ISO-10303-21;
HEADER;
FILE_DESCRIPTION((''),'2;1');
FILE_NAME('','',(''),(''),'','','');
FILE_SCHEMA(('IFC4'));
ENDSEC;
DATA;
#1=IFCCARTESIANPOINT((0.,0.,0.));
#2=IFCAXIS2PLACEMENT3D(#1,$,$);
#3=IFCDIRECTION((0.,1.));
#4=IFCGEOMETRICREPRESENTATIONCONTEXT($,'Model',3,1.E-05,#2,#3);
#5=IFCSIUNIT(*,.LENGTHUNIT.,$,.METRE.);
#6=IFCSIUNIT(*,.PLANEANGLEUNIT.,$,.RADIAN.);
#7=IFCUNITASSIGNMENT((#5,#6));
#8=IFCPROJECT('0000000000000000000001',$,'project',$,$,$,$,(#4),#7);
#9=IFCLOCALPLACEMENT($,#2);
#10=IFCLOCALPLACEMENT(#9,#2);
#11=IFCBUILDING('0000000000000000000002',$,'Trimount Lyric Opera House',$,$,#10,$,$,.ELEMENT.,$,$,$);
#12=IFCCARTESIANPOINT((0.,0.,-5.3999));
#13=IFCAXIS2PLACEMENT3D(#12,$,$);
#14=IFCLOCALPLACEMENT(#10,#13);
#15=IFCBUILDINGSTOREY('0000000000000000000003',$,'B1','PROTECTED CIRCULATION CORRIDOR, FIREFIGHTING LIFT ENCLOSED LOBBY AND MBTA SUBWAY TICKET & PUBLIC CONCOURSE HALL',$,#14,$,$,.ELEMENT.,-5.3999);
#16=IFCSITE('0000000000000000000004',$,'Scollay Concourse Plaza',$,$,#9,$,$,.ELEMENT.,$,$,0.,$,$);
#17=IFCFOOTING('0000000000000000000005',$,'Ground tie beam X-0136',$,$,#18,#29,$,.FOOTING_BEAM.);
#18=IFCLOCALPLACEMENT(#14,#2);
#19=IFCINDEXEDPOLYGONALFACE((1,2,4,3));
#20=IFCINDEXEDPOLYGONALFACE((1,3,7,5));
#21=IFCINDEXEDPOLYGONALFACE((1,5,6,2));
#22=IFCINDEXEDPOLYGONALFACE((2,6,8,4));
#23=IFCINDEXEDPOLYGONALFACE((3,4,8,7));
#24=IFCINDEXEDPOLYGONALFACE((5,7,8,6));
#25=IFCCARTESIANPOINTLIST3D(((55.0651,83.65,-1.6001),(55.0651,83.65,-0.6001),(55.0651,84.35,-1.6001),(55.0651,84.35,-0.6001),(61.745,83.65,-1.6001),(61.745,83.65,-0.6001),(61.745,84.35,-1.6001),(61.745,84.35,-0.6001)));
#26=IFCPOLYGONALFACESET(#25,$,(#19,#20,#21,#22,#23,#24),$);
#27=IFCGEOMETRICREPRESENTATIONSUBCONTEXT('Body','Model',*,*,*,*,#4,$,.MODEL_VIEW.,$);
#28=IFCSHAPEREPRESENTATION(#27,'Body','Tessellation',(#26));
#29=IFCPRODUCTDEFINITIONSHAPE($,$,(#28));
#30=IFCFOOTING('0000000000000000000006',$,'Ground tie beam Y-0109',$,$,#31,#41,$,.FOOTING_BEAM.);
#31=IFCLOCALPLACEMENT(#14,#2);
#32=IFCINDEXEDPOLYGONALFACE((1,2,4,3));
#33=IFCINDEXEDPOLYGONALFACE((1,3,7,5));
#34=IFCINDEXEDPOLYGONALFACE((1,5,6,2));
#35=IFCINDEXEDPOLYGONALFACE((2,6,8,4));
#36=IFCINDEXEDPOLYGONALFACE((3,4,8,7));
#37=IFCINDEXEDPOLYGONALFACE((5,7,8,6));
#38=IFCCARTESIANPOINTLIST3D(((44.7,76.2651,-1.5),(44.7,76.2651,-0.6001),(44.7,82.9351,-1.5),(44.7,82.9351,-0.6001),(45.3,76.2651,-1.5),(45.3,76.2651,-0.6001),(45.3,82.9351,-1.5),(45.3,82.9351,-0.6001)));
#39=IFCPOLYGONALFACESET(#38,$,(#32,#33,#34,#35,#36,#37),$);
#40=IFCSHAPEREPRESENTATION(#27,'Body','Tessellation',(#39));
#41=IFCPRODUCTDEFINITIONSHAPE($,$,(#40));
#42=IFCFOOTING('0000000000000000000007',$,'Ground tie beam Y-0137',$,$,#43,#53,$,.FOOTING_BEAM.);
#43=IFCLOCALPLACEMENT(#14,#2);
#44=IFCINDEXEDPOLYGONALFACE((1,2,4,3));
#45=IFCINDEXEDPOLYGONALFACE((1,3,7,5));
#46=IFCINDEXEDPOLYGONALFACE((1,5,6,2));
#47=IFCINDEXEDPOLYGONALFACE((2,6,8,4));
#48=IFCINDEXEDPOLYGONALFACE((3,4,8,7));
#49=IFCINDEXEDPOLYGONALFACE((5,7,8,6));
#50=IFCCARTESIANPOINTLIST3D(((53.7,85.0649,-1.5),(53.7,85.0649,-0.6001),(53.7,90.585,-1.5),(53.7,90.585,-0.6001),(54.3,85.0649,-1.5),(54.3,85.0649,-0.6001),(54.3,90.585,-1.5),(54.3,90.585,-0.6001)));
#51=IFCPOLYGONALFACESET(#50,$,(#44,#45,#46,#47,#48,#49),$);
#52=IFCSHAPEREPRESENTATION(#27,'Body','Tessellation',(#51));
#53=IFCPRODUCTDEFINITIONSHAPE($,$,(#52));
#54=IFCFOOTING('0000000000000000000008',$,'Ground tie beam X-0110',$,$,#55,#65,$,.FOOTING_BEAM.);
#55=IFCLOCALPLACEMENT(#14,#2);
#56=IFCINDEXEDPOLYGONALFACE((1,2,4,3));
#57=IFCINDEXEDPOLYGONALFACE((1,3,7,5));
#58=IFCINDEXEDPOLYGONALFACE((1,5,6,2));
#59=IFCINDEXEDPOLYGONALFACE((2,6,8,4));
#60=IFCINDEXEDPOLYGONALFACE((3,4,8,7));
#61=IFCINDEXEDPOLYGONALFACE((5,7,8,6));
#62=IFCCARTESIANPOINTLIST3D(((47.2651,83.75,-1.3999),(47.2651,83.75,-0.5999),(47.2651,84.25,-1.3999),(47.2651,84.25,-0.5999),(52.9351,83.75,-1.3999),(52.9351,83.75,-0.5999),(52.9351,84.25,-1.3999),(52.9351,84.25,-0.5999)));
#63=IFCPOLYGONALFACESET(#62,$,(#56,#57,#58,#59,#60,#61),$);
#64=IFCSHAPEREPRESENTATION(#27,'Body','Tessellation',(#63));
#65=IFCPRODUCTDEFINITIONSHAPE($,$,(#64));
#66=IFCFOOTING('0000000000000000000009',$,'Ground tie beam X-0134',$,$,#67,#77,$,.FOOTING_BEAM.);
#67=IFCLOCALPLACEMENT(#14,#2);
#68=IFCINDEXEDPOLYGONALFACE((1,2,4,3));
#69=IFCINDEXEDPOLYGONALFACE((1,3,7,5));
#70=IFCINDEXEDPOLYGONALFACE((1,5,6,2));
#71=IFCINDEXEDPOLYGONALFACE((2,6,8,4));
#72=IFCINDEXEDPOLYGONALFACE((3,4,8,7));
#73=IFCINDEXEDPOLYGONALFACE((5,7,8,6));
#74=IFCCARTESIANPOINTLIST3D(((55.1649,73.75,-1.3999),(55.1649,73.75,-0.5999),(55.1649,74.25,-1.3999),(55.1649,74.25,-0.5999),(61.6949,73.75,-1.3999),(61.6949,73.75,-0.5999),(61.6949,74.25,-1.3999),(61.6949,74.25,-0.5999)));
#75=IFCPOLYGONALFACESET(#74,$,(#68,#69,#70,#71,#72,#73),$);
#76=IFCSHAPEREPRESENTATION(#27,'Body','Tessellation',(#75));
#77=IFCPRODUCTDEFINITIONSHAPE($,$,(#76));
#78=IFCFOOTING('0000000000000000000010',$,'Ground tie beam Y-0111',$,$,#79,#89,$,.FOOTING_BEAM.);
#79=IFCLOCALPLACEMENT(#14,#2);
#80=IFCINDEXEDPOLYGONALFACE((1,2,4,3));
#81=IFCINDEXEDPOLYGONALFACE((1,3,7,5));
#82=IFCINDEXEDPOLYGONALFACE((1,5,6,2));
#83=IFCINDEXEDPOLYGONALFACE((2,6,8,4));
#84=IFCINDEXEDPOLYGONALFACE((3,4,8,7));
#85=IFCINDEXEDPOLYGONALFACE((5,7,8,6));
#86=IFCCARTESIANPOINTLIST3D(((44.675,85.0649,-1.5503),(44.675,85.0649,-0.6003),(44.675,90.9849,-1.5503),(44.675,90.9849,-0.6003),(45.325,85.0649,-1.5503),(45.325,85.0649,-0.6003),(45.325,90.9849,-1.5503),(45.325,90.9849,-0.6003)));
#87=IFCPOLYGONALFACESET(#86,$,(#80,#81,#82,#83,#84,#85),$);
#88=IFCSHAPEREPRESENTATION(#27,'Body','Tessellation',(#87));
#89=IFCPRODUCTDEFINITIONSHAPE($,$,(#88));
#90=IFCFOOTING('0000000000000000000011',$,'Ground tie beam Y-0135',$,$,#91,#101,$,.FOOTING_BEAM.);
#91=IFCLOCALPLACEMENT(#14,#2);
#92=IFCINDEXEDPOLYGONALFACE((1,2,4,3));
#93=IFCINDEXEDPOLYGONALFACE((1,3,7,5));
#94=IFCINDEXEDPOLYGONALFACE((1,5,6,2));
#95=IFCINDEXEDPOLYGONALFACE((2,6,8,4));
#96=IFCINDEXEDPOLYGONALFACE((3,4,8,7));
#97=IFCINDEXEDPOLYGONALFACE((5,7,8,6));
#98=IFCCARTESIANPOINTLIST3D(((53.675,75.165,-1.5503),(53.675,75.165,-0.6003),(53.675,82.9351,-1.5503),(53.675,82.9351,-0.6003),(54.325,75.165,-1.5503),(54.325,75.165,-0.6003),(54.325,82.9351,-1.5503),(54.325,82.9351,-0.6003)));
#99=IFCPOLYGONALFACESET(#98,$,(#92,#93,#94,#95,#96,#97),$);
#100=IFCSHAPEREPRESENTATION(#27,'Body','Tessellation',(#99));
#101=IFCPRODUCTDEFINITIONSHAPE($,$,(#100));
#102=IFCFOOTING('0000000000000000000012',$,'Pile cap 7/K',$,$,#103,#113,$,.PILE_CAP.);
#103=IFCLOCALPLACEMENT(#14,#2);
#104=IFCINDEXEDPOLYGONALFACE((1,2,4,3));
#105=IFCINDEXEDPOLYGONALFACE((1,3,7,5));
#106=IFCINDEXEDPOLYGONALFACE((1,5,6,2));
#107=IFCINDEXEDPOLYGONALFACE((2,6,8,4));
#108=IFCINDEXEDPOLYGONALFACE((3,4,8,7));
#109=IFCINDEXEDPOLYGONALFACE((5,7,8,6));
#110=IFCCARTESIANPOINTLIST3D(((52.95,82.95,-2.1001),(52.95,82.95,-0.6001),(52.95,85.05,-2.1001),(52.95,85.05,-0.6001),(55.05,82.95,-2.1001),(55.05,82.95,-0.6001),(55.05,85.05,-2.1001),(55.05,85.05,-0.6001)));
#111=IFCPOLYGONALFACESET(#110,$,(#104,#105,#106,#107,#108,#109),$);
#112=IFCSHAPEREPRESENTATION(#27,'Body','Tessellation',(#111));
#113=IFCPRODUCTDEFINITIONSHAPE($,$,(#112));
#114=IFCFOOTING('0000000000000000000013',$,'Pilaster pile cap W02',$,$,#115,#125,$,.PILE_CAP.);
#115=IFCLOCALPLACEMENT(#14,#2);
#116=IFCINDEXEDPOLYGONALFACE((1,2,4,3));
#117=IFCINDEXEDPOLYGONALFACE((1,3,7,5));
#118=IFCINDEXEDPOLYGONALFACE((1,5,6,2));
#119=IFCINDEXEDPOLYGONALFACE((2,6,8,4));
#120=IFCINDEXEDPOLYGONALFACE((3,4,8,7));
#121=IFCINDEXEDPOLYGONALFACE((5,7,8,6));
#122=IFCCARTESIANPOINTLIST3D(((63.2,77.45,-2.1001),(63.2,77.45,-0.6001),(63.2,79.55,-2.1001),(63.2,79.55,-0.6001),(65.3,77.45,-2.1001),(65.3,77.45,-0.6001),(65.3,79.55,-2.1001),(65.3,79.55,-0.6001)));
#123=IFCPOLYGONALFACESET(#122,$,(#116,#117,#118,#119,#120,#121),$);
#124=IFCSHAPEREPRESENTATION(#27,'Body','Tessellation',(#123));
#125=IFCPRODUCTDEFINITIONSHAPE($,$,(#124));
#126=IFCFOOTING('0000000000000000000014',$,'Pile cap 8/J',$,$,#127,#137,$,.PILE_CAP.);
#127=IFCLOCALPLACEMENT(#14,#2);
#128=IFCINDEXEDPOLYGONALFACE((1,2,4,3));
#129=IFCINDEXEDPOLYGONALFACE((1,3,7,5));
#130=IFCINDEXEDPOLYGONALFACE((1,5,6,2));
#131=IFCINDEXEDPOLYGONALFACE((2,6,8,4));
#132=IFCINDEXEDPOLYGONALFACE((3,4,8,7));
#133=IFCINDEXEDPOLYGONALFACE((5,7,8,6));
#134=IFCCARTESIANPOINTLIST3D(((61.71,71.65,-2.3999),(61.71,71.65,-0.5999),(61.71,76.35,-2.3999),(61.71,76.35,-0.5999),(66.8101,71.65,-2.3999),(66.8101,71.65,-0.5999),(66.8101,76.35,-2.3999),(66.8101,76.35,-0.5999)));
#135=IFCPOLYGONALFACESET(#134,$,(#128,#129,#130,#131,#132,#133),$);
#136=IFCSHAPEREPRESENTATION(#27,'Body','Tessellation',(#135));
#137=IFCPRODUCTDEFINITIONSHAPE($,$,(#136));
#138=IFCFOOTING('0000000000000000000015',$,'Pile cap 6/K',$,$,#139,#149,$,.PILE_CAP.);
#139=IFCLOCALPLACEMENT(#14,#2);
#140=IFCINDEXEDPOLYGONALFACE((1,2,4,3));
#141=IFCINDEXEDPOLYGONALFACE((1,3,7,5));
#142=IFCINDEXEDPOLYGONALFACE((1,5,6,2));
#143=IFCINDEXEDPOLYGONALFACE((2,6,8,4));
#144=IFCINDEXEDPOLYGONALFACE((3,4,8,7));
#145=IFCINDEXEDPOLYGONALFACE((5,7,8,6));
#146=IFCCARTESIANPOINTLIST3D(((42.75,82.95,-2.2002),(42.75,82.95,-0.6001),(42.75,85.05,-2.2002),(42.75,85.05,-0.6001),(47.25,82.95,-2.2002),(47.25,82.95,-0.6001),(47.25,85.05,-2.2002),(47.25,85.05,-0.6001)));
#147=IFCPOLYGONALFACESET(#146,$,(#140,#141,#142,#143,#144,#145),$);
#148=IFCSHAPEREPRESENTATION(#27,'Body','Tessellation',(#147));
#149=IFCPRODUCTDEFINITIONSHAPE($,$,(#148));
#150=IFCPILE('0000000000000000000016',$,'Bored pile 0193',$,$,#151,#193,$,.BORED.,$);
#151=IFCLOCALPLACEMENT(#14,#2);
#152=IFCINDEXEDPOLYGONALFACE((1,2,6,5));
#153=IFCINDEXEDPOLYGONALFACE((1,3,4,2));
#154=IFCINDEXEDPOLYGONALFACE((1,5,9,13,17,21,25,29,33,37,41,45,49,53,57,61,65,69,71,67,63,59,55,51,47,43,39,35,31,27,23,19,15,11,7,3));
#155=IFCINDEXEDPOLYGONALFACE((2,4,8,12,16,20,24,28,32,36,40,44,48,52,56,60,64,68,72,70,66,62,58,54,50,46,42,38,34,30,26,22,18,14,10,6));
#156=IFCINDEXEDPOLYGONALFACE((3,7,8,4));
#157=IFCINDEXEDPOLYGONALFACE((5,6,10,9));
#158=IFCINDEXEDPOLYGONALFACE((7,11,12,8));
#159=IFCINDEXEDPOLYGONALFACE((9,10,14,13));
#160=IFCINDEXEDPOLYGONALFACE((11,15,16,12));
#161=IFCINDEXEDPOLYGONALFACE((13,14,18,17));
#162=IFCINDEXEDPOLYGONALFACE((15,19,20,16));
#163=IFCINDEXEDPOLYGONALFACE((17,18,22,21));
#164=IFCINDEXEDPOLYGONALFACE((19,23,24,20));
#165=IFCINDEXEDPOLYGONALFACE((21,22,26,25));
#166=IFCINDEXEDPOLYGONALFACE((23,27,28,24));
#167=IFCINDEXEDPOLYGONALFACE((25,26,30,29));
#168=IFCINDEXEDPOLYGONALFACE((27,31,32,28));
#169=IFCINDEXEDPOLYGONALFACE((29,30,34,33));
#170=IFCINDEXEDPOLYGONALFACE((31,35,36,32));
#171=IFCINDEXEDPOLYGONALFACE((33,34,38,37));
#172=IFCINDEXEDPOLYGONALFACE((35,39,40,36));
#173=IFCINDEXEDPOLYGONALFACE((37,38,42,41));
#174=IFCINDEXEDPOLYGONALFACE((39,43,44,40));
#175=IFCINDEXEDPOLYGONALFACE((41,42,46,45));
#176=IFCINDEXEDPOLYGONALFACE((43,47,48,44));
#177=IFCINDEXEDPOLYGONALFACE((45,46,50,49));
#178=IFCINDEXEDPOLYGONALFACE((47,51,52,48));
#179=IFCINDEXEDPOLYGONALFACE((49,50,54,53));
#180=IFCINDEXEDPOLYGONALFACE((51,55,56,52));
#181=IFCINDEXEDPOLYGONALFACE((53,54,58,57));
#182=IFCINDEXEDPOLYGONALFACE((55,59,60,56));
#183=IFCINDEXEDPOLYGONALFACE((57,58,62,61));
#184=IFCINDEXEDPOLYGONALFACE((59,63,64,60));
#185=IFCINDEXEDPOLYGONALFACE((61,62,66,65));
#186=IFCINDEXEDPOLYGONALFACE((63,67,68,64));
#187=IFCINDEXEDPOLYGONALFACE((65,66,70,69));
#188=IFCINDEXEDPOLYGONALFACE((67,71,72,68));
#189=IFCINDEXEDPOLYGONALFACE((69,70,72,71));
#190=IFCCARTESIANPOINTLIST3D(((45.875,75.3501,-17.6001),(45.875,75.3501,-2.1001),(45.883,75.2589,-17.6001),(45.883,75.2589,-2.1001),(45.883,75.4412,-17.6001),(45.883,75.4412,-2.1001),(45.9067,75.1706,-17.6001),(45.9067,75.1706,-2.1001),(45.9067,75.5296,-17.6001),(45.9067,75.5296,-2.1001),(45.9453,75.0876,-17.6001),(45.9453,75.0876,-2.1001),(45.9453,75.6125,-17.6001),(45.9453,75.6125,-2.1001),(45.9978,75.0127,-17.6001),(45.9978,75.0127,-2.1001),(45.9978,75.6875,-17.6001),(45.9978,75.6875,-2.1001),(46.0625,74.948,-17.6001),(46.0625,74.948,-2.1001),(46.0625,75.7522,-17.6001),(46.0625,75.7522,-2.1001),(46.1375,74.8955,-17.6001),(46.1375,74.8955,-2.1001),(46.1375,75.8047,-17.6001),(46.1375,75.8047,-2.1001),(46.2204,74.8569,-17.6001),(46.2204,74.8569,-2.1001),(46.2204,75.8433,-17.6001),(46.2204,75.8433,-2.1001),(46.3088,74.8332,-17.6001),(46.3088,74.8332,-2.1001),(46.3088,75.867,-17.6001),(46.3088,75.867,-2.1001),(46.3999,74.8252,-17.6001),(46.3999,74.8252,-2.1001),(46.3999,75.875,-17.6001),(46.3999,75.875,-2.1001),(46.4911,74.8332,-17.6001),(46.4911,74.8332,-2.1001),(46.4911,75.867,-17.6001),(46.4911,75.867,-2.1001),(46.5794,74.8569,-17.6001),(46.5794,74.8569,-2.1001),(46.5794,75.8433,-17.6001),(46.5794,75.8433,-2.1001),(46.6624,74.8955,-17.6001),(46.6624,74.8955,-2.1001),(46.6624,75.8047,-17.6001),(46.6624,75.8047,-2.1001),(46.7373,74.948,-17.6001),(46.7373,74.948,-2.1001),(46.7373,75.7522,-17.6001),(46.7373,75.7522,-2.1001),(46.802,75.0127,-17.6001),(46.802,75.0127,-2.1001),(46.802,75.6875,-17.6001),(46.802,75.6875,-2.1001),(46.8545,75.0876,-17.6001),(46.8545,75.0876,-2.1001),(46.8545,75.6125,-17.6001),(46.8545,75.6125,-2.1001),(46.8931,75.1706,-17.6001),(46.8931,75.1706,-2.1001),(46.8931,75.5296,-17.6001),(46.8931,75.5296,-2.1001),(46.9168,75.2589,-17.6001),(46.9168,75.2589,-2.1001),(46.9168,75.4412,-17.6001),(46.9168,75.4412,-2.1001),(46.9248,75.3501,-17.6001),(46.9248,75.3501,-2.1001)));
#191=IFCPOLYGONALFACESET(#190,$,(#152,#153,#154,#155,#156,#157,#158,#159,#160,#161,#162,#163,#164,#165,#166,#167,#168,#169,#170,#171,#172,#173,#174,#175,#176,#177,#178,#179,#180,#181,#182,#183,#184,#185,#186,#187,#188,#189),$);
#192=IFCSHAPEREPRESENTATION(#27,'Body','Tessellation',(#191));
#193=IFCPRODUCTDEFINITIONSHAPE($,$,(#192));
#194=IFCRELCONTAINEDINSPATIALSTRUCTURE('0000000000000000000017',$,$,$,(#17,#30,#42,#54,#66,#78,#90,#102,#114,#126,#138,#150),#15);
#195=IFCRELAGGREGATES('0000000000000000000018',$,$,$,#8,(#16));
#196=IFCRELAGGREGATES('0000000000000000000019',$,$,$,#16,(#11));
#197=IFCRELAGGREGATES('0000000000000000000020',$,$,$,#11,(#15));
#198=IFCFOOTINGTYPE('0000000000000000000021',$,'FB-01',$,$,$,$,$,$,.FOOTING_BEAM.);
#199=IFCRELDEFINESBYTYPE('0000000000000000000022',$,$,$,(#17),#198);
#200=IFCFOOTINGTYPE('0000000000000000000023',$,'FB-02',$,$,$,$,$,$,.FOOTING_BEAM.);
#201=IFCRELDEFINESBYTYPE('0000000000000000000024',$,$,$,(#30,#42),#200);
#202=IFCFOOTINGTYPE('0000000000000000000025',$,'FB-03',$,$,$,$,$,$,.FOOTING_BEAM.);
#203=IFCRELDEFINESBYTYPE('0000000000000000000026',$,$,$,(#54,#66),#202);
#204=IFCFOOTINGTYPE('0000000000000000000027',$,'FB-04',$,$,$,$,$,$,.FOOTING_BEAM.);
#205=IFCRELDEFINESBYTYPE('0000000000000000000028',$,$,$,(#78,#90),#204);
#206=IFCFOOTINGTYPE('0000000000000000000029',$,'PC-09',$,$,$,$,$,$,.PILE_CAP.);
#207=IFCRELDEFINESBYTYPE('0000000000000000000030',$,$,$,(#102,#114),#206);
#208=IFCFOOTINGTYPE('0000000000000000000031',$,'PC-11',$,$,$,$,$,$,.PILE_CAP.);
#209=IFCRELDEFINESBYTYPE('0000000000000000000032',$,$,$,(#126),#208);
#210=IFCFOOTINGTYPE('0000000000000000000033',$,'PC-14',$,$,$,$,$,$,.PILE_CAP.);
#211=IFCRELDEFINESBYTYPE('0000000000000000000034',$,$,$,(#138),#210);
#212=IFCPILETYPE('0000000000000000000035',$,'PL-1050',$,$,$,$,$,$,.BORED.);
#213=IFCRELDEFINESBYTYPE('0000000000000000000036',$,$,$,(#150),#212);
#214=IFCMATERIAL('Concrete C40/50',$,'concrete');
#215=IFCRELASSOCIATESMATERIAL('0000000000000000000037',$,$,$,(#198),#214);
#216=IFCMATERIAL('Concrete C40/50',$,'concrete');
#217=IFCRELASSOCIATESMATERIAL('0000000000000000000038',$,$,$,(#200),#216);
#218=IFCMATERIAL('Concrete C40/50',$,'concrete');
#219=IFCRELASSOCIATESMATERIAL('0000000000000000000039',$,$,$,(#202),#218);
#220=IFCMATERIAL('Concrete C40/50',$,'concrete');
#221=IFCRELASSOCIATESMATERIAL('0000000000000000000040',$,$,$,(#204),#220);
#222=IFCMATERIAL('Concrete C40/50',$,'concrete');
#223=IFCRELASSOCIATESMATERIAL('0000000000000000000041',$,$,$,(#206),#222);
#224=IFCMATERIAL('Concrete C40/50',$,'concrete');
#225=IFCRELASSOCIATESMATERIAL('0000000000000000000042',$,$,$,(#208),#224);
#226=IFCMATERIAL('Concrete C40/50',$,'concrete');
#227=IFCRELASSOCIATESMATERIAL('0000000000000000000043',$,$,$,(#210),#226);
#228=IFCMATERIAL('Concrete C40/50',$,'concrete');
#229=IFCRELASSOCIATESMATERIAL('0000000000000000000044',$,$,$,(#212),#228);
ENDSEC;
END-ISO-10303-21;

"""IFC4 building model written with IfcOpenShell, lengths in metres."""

from ifc_helpers import new_model, si_unit, direction, frame, origin, origin_2d, place, context, subcontext, project, spatial, rectangle, circle, extrude, material, material_profile, profile_set, type_object, element, save


model = new_model("IFC4")

# Units and contexts
model_context = context("Model", 3, precision=1e-05, world=origin(), true_north=direction((0.0, 1.0)))
body_context = subcontext(model_context, "Body", "Model", "MODEL_VIEW")
ifc_project = project(units=[si_unit("LENGTHUNIT", "METRE"), si_unit("PLANEANGLEUNIT", "RADIAN")], contexts=[model_context])

# Site, building, storey
site_placement = place(None, origin())
site = spatial("IfcSite", under=ifc_project, at=site_placement, Name="Scollay Concourse Plaza", CompositionType="ELEMENT", RefElevation=0.0)
building_placement = place(site_placement, origin())
building = spatial("IfcBuilding", under=site, at=building_placement, Name="Trimount Lyric Opera House", CompositionType="ELEMENT")
storey_placement = place(building_placement, frame((0.0, 0.0, -5.3999)))
storey = spatial("IfcBuildingStorey", under=building, at=storey_placement, Name="B1", Description="PROTECTED CIRCULATION CORRIDOR, FIREFIGHTING LIFT ENCLOSED LOBBY AND MBTA SUBWAY TICKET & PUBLIC CONCOURSE HALL", CompositionType="ELEMENT", Elevation=-5.3999)

# Footings
ifc_material_1 = material(Name="Concrete C40/50", Category="concrete")
footing_type_1 = type_object("IfcFootingType", Name="FB-01", PredefinedType="FOOTING_BEAM", material=ifc_material_1)
footing_1_placement = place(storey_placement, frame((58.405, 84.0, -1.6001), z_axis=(0.0, 0.0, 1.0), x_axis=(1.0, 0.0, 0.0)))
element("IfcFooting", 1, at=footing_1_placement, inside=storey, type_object=footing_type_1, Name="Ground tie beam X-0136", PredefinedType="FOOTING_BEAM", context=body_context, shape_type="SweptSolid", body=[
    extrude(rectangle(XDim=6.6799, YDim=0.7, at=origin_2d()), origin(), (0.0, 0.0, 1.0), 1.0),
])
ifc_material_2 = material(Name="Concrete C40/50", Category="concrete")
footing_type_2 = type_object("IfcFootingType", Name="FB-02", PredefinedType="FOOTING_BEAM", material=ifc_material_2)
footing_2_placement = place(storey_placement, frame((45.0, 79.6001, -1.5), z_axis=(0.0, 0.0, 1.0), x_axis=(1.0, 0.0, 0.0)))
element("IfcFooting", 2, at=footing_2_placement, inside=storey, type_object=footing_type_2, Name="Ground tie beam Y-0109", PredefinedType="FOOTING_BEAM", context=body_context, shape_type="SweptSolid", body=[
    extrude(rectangle(XDim=0.6001, YDim=6.6699, at=origin_2d()), origin(), (0.0, 0.0, 1.0), 0.8999),
])
footing_3_placement = place(storey_placement, frame((54.0, 87.825, -1.5), z_axis=(0.0, 0.0, 1.0), x_axis=(1.0, 0.0, 0.0)))
element("IfcFooting", 3, at=footing_3_placement, inside=storey, type_object=footing_type_2, Name="Ground tie beam Y-0137", PredefinedType="FOOTING_BEAM", context=body_context, shape_type="SweptSolid", body=[
    extrude(rectangle(XDim=0.6001, YDim=5.52, at=origin_2d()), origin(), (0.0, 0.0, 1.0), 0.8999),
])
ifc_material_3 = material(Name="Concrete C40/50", Category="concrete")
footing_type_3 = type_object("IfcFootingType", Name="FB-03", PredefinedType="FOOTING_BEAM", material=ifc_material_3)
footing_4_placement = place(storey_placement, frame((50.1001, 84.0, -1.3999), z_axis=(0.0, 0.0, 1.0), x_axis=(1.0, 0.0, 0.0)))
element("IfcFooting", 4, at=footing_4_placement, inside=storey, type_object=footing_type_3, Name="Ground tie beam X-0110", PredefinedType="FOOTING_BEAM", context=body_context, shape_type="SweptSolid", body=[
    extrude(rectangle(XDim=5.6699, YDim=0.5, at=origin_2d()), origin(), (0.0, 0.0, 1.0), 0.8),
])
footing_5_placement = place(storey_placement, frame((58.4299, 74.0, -1.3999), z_axis=(0.0, 0.0, 1.0), x_axis=(1.0, 0.0, 0.0)))
element("IfcFooting", 5, at=footing_5_placement, inside=storey, type_object=footing_type_3, Name="Ground tie beam X-0134", PredefinedType="FOOTING_BEAM", context=body_context, shape_type="SweptSolid", body=[
    extrude(rectangle(XDim=6.53, YDim=0.5, at=origin_2d()), origin(), (0.0, 0.0, 1.0), 0.8),
])
ifc_material_4 = material(Name="Concrete C40/50", Category="concrete")
footing_type_4 = type_object("IfcFootingType", Name="FB-04", PredefinedType="FOOTING_BEAM", material=ifc_material_4)
footing_6_placement = place(storey_placement, frame((45.0, 88.0249, -1.5503), z_axis=(0.0, 0.0, 1.0), x_axis=(1.0, 0.0, 0.0)))
element("IfcFooting", 6, at=footing_6_placement, inside=storey, type_object=footing_type_4, Name="Ground tie beam Y-0111", PredefinedType="FOOTING_BEAM", context=body_context, shape_type="SweptSolid", body=[
    extrude(rectangle(XDim=0.6499, YDim=5.9199, at=origin_2d()), origin(), (0.0, 0.0, 1.0), 0.95),
])
footing_7_placement = place(storey_placement, frame((54.0, 79.05, -1.5503), z_axis=(0.0, 0.0, 1.0), x_axis=(1.0, 0.0, 0.0)))
element("IfcFooting", 7, at=footing_7_placement, inside=storey, type_object=footing_type_4, Name="Ground tie beam Y-0135", PredefinedType="FOOTING_BEAM", context=body_context, shape_type="SweptSolid", body=[
    extrude(rectangle(XDim=0.6499, YDim=7.77, at=origin_2d()), origin(), (0.0, 0.0, 1.0), 0.95),
])
ifc_material_5 = material(Name="Concrete C40/50", Category="concrete")
footing_type_5 = type_object("IfcFootingType", Name="PC-09", PredefinedType="PILE_CAP", material=ifc_material_5)
for number, where, z_axis, x_axis, name in (
    (8, (54.0, 84.0, -2.1001), (0.0, 0.0, 1.0), (1.0, 0.0, 0.0), "Pile cap 7/K"),
    (9, (64.25, 78.5, -2.1001), (0.0, 0.0, 1.0), (1.0, 0.0, 0.0), "Pilaster pile cap W02"),
):
    element("IfcFooting", number, at=place(storey_placement, frame(where, z_axis=z_axis, x_axis=x_axis)), inside=storey, type_object=footing_type_5, Name=name, PredefinedType="PILE_CAP", context=body_context, shape_type="SweptSolid", body=[
        extrude(rectangle(XDim=2.1001, YDim=2.1001, at=origin_2d()), origin(), (0.0, 0.0, 1.0), 1.5),
    ])
ifc_material_6 = material(Name="Concrete C40/50", Category="concrete")
footing_type_6 = type_object("IfcFootingType", Name="PC-11", PredefinedType="PILE_CAP", material=ifc_material_6)
footing_8_placement = place(storey_placement, frame((64.26, 74.0, -2.3999), z_axis=(0.0, 0.0, 1.0), x_axis=(1.0, 0.0, 0.0)))
element("IfcFooting", 10, at=footing_8_placement, inside=storey, type_object=footing_type_6, Name="Pile cap 8/J", PredefinedType="PILE_CAP", context=body_context, shape_type="SweptSolid", body=[
    extrude(rectangle(XDim=5.1001, YDim=4.7, at=origin_2d()), origin(), (0.0, 0.0, 1.0), 1.8),
])
ifc_material_7 = material(Name="Concrete C40/50", Category="concrete")
footing_type_7 = type_object("IfcFootingType", Name="PC-14", PredefinedType="PILE_CAP", material=ifc_material_7)
footing_9_placement = place(storey_placement, frame((45.0, 84.0, -2.2002), z_axis=(0.0, 0.0, 1.0), x_axis=(1.0, 0.0, 0.0)))
element("IfcFooting", 11, at=footing_9_placement, inside=storey, type_object=footing_type_7, Name="Pile cap 6/K", PredefinedType="PILE_CAP", context=body_context, shape_type="SweptSolid", body=[
    extrude(rectangle(XDim=4.5, YDim=2.1001, at=origin_2d()), origin(), (0.0, 0.0, 1.0), 1.6001),
])

# Pile
ifc_material_8 = material(Name="Concrete C40/50", Category="concrete")
ifc_material_profile_1 = material_profile(ifc_material_8, circle(Radius=0.5249, at=origin_2d()), Name="PILE-D1050")
ifc_profile_set_1 = profile_set([ifc_material_profile_1], Name="Concrete C40/50")
pile_type_1 = type_object("IfcPileType", Name="PL-1050", PredefinedType="BORED", material=ifc_profile_set_1)
for number, where, z_axis, x_axis, name in (
    (12, (46.3999, 75.3501, -2.1001), (0.0, 0.0, -1.0), (1.0, 0.0, 0.0), "Bored pile 0193"),
):
    element("IfcPile", number, at=place(storey_placement, frame(where, z_axis=z_axis, x_axis=x_axis)), inside=storey, type_object=pile_type_1, Name=name, PredefinedType="BORED", context=body_context, shape_type="SweptSolid", body=[
        extrude(circle(Radius=0.5249, at=origin_2d()), origin(), (0.0, 0.0, 1.0), 15.5),
    ])

save(model, "model.ifc")
